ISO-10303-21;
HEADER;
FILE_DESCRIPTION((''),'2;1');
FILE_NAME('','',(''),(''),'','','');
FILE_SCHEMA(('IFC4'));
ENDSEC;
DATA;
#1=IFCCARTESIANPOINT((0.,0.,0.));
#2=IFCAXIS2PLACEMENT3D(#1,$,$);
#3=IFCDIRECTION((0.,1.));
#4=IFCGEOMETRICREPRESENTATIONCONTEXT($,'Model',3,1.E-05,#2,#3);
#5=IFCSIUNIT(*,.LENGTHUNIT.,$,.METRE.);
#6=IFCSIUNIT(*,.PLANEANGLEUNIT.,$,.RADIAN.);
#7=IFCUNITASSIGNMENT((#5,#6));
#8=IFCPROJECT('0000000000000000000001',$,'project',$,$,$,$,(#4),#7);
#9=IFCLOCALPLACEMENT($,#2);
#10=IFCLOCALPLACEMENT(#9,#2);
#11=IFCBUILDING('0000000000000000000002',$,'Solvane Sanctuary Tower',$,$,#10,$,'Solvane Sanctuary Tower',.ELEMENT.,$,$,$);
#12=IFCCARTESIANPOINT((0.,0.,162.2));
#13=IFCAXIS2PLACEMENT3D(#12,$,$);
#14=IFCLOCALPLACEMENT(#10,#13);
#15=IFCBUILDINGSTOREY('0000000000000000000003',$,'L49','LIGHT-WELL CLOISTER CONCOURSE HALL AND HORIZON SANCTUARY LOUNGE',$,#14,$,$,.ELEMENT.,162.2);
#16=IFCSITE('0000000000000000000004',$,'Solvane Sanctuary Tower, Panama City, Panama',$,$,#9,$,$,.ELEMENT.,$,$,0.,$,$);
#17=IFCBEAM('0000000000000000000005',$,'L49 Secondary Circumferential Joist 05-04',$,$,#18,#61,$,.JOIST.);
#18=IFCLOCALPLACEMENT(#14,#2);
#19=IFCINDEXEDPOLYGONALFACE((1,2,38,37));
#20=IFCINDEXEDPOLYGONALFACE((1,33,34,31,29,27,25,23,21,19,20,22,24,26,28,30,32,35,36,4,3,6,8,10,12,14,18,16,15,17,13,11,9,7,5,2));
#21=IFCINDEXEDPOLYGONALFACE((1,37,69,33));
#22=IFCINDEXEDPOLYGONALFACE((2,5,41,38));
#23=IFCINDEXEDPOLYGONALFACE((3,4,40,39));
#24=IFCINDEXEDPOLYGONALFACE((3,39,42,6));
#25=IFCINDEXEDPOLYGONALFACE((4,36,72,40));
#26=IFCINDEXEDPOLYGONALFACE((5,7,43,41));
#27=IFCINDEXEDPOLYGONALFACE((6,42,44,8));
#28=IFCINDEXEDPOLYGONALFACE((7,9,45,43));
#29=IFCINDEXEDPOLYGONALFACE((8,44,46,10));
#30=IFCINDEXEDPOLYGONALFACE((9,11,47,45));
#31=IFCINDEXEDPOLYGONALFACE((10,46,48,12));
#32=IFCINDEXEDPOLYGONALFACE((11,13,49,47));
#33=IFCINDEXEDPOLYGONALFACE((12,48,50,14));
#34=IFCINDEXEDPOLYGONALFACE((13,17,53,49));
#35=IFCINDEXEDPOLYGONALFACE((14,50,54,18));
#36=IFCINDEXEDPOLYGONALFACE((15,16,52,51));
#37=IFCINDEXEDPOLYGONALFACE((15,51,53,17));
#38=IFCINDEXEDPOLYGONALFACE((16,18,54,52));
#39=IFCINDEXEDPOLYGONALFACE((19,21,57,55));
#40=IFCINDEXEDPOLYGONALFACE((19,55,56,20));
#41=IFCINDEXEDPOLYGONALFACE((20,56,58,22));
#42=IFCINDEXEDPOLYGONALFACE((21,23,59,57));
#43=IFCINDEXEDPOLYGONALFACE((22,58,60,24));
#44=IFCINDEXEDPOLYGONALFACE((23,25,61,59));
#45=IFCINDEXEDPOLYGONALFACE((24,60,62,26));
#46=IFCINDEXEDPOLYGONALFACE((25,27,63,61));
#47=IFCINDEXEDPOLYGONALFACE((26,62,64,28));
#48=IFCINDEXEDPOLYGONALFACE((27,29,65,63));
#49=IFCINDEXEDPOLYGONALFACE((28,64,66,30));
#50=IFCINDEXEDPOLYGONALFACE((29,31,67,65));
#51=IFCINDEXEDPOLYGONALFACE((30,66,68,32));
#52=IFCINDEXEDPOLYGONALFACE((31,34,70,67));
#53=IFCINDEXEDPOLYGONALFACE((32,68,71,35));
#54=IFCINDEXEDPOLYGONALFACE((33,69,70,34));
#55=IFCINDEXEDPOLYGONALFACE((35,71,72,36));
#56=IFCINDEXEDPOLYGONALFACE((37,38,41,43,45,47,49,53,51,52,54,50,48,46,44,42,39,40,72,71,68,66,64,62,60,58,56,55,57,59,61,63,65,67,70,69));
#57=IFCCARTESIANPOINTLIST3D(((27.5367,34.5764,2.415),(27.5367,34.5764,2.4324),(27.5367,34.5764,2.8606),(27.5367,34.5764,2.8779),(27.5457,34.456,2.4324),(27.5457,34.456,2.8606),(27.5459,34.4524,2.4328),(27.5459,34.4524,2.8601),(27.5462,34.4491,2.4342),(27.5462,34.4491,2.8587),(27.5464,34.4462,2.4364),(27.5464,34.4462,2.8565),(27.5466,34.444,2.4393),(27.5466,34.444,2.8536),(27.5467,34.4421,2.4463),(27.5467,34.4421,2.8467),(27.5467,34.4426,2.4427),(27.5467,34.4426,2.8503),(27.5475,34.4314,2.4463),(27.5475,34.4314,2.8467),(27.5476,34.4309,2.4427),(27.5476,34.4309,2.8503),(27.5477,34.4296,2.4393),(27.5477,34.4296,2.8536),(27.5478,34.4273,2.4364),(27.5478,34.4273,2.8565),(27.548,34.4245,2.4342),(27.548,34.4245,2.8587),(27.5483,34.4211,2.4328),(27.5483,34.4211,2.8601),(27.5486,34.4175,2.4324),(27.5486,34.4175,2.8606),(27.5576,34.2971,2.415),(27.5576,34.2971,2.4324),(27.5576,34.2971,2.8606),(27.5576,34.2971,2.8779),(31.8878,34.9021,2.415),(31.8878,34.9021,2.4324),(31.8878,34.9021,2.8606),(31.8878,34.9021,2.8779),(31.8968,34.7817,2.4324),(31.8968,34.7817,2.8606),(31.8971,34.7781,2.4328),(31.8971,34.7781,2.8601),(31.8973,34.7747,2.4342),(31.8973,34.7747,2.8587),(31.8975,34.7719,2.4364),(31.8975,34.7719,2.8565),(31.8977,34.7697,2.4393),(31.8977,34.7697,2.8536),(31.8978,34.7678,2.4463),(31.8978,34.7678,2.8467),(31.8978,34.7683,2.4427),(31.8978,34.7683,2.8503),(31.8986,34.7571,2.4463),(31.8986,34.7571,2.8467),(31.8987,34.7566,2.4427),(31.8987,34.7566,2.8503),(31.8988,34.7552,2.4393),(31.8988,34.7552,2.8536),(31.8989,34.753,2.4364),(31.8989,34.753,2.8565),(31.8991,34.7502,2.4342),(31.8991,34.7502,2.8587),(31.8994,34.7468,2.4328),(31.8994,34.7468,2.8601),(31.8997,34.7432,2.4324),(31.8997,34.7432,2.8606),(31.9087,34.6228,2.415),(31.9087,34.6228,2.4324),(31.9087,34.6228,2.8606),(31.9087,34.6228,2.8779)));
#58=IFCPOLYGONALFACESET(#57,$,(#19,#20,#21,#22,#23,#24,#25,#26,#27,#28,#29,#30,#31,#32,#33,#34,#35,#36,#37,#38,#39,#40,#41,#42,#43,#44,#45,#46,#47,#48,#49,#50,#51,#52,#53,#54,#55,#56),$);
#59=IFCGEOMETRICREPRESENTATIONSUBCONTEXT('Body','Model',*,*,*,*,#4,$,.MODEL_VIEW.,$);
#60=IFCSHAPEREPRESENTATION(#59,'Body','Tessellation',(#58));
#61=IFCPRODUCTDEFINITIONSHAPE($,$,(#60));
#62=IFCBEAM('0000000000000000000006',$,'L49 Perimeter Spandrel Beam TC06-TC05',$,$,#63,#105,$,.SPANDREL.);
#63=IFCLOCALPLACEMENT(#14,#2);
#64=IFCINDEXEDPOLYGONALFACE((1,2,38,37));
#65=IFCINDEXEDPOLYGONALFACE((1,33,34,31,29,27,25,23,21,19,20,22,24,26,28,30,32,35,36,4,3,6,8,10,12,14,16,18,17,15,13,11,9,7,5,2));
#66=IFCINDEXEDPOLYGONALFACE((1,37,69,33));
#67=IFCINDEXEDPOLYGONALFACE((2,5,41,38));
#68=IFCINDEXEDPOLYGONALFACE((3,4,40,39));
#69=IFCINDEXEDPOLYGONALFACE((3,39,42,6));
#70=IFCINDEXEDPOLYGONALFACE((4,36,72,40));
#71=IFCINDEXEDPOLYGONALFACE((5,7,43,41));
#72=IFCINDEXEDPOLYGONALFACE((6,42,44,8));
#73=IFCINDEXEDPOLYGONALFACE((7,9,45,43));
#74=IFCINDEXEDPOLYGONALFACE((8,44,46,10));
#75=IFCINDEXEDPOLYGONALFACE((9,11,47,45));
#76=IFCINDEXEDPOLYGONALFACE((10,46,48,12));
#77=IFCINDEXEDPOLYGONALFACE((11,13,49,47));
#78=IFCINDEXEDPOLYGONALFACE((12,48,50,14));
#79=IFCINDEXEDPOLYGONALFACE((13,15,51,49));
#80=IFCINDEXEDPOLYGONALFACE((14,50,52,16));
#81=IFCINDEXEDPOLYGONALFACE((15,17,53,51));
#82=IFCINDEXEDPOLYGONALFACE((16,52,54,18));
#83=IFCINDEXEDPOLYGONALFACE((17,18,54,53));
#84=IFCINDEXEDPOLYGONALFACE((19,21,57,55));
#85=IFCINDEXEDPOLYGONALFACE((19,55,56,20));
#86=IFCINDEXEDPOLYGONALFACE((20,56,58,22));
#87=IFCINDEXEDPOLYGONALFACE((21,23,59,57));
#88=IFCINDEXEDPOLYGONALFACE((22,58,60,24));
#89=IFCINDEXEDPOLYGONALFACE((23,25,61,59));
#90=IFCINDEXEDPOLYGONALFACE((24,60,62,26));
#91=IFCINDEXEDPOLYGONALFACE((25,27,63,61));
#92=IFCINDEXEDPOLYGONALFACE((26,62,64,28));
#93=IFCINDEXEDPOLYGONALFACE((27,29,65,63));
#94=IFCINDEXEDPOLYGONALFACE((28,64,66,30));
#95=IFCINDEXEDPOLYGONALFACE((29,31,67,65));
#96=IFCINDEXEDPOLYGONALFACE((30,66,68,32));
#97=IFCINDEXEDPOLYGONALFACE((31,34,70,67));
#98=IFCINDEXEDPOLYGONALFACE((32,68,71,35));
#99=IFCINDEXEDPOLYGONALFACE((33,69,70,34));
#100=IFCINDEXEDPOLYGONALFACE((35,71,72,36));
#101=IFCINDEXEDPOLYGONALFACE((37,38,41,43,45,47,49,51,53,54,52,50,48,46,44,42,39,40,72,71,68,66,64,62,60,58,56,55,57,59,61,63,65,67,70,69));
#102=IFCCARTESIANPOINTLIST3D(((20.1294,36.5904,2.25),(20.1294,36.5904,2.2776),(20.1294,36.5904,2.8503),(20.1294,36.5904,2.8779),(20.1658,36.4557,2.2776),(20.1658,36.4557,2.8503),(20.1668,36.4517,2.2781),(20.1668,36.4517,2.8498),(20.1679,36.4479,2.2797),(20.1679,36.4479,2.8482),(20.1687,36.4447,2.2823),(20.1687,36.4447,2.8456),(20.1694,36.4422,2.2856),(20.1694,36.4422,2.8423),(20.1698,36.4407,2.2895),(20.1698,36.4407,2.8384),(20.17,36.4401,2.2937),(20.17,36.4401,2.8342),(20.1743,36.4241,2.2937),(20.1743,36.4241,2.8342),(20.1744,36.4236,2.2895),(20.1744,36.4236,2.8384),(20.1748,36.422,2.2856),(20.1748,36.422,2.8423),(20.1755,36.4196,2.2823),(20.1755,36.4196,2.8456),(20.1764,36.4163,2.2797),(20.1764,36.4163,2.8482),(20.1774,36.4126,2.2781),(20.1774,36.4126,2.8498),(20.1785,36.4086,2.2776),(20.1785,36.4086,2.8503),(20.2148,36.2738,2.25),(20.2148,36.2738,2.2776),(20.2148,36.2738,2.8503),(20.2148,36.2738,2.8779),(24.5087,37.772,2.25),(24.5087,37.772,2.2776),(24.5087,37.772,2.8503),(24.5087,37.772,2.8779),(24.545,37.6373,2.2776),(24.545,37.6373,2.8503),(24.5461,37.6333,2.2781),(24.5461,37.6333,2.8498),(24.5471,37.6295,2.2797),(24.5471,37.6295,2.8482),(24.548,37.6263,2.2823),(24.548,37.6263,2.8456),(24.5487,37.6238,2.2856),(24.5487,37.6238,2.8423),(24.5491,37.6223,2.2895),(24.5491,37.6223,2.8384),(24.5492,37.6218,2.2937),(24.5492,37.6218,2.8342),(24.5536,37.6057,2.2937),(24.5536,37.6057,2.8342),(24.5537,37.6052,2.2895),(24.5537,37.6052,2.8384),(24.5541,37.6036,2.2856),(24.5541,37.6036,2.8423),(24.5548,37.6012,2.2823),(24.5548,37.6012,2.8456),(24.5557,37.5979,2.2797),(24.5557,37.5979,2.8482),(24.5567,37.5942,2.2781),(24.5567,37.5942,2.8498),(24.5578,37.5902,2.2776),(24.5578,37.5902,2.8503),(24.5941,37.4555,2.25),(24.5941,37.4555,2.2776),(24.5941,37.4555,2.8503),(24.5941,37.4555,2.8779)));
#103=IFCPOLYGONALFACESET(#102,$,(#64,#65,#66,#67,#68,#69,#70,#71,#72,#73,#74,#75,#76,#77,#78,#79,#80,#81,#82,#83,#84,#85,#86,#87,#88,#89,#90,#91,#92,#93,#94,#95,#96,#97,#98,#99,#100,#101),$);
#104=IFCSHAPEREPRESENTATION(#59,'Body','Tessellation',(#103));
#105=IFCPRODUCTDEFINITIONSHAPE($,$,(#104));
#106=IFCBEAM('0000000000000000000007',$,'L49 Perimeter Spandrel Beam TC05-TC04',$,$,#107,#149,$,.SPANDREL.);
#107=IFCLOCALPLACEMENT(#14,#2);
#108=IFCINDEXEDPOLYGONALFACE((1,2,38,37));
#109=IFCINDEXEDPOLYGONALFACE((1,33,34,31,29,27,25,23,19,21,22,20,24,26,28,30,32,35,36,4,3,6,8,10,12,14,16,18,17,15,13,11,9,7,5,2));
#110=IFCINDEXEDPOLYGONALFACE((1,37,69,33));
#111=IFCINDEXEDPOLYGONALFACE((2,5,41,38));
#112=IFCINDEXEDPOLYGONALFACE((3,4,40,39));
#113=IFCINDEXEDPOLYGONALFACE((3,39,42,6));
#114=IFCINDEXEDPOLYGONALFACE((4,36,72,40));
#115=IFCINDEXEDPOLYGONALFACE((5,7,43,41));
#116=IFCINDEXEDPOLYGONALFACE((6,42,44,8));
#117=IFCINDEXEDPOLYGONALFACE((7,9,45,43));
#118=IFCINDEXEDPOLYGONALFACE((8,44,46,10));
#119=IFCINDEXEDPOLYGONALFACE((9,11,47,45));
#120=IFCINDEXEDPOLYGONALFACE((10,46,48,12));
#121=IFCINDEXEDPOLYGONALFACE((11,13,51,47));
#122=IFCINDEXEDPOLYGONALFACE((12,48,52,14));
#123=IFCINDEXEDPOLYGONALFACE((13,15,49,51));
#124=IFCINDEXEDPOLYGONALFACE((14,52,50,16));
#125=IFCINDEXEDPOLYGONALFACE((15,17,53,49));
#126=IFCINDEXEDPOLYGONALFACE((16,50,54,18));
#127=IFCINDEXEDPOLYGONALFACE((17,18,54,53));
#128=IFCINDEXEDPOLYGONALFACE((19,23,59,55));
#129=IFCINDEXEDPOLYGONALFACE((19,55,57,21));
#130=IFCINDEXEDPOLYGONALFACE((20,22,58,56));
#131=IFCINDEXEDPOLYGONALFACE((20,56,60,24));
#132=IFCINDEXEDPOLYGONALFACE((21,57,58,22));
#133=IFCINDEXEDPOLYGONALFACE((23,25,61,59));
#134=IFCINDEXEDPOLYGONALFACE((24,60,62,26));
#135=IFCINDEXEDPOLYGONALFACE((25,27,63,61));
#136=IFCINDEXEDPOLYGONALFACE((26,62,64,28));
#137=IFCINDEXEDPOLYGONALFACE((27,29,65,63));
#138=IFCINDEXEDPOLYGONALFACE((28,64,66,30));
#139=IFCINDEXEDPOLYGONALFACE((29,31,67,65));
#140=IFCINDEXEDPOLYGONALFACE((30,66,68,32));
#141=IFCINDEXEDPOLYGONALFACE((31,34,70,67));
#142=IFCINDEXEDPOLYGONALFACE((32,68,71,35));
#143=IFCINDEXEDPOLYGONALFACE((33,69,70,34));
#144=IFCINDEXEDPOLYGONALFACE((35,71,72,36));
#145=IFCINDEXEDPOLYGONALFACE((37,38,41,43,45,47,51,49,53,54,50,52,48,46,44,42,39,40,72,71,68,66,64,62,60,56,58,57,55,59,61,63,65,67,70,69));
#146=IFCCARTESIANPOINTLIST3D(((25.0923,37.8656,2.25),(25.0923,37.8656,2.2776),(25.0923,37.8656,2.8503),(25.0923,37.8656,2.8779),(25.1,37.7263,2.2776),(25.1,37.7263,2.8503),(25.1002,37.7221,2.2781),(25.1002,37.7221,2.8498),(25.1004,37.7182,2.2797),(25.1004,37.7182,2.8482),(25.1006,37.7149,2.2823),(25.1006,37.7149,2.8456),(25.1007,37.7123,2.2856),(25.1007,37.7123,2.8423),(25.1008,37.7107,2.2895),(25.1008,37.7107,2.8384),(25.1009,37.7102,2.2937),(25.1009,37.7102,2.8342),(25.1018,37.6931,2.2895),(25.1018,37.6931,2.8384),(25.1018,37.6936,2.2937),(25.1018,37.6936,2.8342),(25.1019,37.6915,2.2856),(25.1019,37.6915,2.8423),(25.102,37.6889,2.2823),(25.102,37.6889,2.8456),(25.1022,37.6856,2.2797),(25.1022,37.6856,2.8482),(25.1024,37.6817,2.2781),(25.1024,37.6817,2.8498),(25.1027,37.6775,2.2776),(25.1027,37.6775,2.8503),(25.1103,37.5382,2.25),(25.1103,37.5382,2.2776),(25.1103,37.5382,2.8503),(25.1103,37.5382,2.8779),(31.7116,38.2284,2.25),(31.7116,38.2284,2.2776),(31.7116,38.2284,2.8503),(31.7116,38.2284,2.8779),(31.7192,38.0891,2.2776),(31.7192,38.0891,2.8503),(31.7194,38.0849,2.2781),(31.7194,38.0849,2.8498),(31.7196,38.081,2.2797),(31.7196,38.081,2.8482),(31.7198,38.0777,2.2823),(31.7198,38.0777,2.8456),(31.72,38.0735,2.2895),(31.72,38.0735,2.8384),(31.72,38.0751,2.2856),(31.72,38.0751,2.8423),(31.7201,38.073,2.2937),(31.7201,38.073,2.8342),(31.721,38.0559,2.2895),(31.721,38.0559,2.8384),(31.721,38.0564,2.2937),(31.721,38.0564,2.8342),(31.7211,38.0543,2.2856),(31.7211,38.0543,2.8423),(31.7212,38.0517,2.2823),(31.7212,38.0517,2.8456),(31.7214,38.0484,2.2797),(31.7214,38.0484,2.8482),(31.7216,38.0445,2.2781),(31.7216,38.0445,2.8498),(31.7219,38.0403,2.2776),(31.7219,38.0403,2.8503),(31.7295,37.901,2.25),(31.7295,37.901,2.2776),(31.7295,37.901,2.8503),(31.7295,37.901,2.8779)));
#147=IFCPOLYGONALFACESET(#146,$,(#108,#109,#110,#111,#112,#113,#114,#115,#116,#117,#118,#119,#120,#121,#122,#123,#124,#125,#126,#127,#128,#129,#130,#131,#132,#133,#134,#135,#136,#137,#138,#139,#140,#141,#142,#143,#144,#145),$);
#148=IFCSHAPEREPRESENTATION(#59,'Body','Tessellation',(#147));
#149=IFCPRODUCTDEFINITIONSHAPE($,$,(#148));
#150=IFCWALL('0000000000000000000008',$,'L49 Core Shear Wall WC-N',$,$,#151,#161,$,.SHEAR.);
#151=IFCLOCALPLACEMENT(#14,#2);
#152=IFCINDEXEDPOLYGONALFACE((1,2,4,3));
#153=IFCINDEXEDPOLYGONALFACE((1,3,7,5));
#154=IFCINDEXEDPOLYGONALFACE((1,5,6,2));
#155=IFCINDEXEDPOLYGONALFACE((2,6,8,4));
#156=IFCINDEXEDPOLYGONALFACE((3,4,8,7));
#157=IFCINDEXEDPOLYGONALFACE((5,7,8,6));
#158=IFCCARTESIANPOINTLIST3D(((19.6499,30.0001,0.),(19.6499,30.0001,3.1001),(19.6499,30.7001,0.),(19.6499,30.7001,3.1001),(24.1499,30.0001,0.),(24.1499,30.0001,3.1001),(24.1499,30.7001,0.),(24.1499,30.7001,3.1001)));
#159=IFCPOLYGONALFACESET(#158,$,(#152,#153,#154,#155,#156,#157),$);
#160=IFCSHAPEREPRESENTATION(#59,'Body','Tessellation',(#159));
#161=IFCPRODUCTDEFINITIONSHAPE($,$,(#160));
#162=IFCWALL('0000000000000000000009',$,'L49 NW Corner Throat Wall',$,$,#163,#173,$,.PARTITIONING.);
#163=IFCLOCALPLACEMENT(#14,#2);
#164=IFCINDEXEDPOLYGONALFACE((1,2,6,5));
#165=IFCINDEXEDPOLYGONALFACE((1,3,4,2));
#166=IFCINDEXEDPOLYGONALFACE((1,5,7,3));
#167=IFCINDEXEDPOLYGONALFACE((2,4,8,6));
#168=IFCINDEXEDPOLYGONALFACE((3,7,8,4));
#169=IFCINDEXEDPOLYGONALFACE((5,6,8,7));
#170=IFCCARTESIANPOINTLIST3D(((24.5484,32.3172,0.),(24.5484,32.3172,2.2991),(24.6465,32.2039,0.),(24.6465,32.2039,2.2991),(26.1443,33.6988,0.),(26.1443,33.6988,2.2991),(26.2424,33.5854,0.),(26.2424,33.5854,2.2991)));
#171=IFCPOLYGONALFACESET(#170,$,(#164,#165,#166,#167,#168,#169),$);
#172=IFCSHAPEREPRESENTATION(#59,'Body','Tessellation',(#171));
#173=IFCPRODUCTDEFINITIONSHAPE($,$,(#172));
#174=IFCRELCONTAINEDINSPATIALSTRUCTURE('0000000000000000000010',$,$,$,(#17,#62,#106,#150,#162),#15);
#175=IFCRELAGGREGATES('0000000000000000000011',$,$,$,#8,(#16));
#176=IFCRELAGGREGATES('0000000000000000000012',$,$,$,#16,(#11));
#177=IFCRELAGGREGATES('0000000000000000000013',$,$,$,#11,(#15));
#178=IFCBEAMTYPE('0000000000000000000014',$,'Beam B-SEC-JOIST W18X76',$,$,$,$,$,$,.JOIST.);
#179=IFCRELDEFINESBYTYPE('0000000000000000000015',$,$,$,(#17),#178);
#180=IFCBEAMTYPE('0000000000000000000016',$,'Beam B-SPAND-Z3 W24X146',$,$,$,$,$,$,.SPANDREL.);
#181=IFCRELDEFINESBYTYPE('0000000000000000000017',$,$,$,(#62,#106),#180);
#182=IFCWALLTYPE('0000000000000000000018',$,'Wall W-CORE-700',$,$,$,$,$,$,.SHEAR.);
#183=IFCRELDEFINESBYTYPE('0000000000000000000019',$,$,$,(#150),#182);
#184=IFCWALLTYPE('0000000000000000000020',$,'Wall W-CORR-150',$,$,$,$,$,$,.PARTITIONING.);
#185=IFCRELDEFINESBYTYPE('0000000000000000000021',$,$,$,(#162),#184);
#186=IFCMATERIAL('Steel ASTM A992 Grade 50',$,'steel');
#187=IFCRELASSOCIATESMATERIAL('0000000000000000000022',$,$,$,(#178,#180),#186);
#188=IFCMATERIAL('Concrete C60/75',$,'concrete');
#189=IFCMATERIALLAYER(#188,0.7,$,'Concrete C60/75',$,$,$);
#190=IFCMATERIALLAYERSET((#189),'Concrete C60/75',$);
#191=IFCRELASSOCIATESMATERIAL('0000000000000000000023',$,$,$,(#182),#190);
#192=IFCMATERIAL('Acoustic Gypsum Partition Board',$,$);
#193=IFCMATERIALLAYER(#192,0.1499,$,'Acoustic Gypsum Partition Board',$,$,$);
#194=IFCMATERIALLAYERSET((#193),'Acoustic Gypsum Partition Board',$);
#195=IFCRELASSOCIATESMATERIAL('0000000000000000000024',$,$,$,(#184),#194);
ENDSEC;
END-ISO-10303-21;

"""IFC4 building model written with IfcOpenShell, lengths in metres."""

from ifc_helpers import new_model, si_unit, direction, frame, frame_2d, origin, origin_2d, place, context, subcontext, project, spatial, rectangle, i_section, extrude, material, layer, layer_set, material_profile, profile_set, type_object, element, save


model = new_model("IFC4")

# Units and contexts
model_context = context("Model", 3, precision=1e-05, world=origin(), true_north=direction((0.0, 1.0)))
body_context = subcontext(model_context, "Body", "Model", "MODEL_VIEW")
ifc_project = project(units=[si_unit("LENGTHUNIT", "METRE"), si_unit("PLANEANGLEUNIT", "RADIAN")], contexts=[model_context])

# Site, building, storey
site_placement = place(None, origin())
site = spatial("IfcSite", under=ifc_project, at=site_placement, Name="Solvane Sanctuary Tower, Panama City, Panama", CompositionType="ELEMENT", RefElevation=0.0)
building_placement = place(site_placement, origin())
building = spatial("IfcBuilding", under=site, at=building_placement, Name="Solvane Sanctuary Tower", LongName="Solvane Sanctuary Tower", CompositionType="ELEMENT")
storey_placement = place(building_placement, frame((0.0, 0.0, 162.2)))
storey = spatial("IfcBuildingStorey", under=building, at=storey_placement, Name="L49", Description="LIGHT-WELL CLOISTER CONCOURSE HALL AND HORIZON SANCTUARY LOUNGE", CompositionType="ELEMENT", Elevation=162.2)

# Shared definitions
ifc_material_1 = material(Name="Concrete C60/75", Category="concrete")

# Beams
ifc_material_2 = material(Name="Steel ASTM A992 Grade 50", Category="steel")
ifc_material_profile_1 = material_profile(ifc_material_2, i_section(OverallWidth=0.28, OverallDepth=0.4629, WebThickness=0.0107, FlangeThickness=0.0173, FilletRadius=0.0139, at=origin_2d()), Name="W18X76")
ifc_profile_set_1 = profile_set([ifc_material_profile_1], Name="Steel ASTM A992 Grade 50")
beam_type_1 = type_object("IfcBeamType", Name="Beam B-SEC-JOIST W18X76", PredefinedType="JOIST", material=ifc_profile_set_1)
beam_1_placement = place(storey_placement, frame((27.5471, 34.4368, 2.6465), z_axis=(0.99721, 0.074642, 0.0), x_axis=(-0.074642, 0.99721, 0.0)))
element("IfcBeam", 1, at=beam_1_placement, inside=storey, type_object=beam_type_1, Name="L49 Secondary Circumferential Joist 05-04", PredefinedType="JOIST", context=body_context, shape_type="SweptSolid", body=[
    extrude(i_section(OverallWidth=0.28, OverallDepth=0.4629, WebThickness=0.0107, FlangeThickness=0.0173, FilletRadius=0.0139, at=origin_2d()), origin(), (0.0, 0.0, 1.0), 4.3633),
])
ifc_material_profile_2 = material_profile(ifc_material_2, i_section(OverallWidth=0.3279, OverallDepth=0.6279, WebThickness=0.0166, FlangeThickness=0.0276, FilletRadius=0.0161, at=origin_2d()), Name="W24X146")
ifc_profile_set_2 = profile_set([ifc_material_profile_2], Name="Steel ASTM A992 Grade 50")
beam_type_2 = type_object("IfcBeamType", Name="Beam B-SPAND-Z3 W24X146", PredefinedType="SPANDREL", material=ifc_profile_set_2)
beam_2_placement = place(storey_placement, frame((20.1721, 36.4321, 2.564), z_axis=(0.965473, 0.260502, 0.0), x_axis=(-0.260502, 0.965473, 0.0)))
element("IfcBeam", 2, at=beam_2_placement, inside=storey, type_object=beam_type_2, Name="L49 Perimeter Spandrel Beam TC06-TC05", PredefinedType="SPANDREL", context=body_context, shape_type="SweptSolid", body=[
    extrude(i_section(OverallWidth=0.3279, OverallDepth=0.6279, WebThickness=0.0166, FlangeThickness=0.0276, FilletRadius=0.0161, at=origin_2d()), origin(), (0.0, 0.0, 1.0), 4.5359),
])
beam_3_placement = place(storey_placement, frame((25.1013, 37.7019, 2.564), z_axis=(0.998501, 0.054728, 0.0), x_axis=(-0.054728, 0.998501, 0.0)))
element("IfcBeam", 3, at=beam_3_placement, inside=storey, type_object=beam_type_2, Name="L49 Perimeter Spandrel Beam TC05-TC04", PredefinedType="SPANDREL", context=body_context, shape_type="SweptSolid", body=[
    extrude(i_section(OverallWidth=0.3279, OverallDepth=0.6279, WebThickness=0.0166, FlangeThickness=0.0276, FilletRadius=0.0161, at=origin_2d()), origin(), (0.0, 0.0, 1.0), 6.6292),
])

# Walls
ifc_layer_1 = layer(ifc_material_1, 0.7, Name="Concrete C60/75")
ifc_layer_set_1 = layer_set([ifc_layer_1], Name="Concrete C60/75")
wall_type_1 = type_object("IfcWallType", Name="Wall W-CORE-700", PredefinedType="SHEAR", material=ifc_layer_set_1)
wall_1_placement = place(storey_placement, frame((19.6499, 30.3501, 0.0), z_axis=(0.0, 0.0, 1.0), x_axis=(1.0, 0.0, 0.0)))
element("IfcWall", 4, at=wall_1_placement, inside=storey, type_object=wall_type_1, Name="L49 Core Shear Wall WC-N", PredefinedType="SHEAR", context=body_context, shape_type="SweptSolid", body=[
    extrude(rectangle(XDim=4.5, YDim=0.7, at=frame_2d((2.25, 0.0))), origin(), (0.0, 0.0, 1.0), 3.1001),
])
ifc_material_3 = material(Name="Acoustic Gypsum Partition Board")
ifc_layer_2 = layer(ifc_material_3, 0.1499, Name="Acoustic Gypsum Partition Board")
ifc_layer_set_2 = layer_set([ifc_layer_2], Name="Acoustic Gypsum Partition Board")
wall_type_2 = type_object("IfcWallType", Name="Wall W-CORR-150", PredefinedType="PARTITIONING", material=ifc_layer_set_2)
wall_2_placement = place(storey_placement, frame((26.1934, 33.6421, 0.0), z_axis=(0.0, 0.0, 1.0), x_axis=(-0.756055, -0.654508, 0.0)))
element("IfcWall", 5, at=wall_2_placement, inside=storey, type_object=wall_type_2, Name="L49 NW Corner Throat Wall", PredefinedType="PARTITIONING", context=body_context, shape_type="SweptSolid", body=[
    extrude(rectangle(XDim=2.1108, YDim=0.1499, at=frame_2d((1.0554, 0.0))), origin(), (0.0, 0.0, 1.0), 2.2991),
])

save(model, "model.ifc")
